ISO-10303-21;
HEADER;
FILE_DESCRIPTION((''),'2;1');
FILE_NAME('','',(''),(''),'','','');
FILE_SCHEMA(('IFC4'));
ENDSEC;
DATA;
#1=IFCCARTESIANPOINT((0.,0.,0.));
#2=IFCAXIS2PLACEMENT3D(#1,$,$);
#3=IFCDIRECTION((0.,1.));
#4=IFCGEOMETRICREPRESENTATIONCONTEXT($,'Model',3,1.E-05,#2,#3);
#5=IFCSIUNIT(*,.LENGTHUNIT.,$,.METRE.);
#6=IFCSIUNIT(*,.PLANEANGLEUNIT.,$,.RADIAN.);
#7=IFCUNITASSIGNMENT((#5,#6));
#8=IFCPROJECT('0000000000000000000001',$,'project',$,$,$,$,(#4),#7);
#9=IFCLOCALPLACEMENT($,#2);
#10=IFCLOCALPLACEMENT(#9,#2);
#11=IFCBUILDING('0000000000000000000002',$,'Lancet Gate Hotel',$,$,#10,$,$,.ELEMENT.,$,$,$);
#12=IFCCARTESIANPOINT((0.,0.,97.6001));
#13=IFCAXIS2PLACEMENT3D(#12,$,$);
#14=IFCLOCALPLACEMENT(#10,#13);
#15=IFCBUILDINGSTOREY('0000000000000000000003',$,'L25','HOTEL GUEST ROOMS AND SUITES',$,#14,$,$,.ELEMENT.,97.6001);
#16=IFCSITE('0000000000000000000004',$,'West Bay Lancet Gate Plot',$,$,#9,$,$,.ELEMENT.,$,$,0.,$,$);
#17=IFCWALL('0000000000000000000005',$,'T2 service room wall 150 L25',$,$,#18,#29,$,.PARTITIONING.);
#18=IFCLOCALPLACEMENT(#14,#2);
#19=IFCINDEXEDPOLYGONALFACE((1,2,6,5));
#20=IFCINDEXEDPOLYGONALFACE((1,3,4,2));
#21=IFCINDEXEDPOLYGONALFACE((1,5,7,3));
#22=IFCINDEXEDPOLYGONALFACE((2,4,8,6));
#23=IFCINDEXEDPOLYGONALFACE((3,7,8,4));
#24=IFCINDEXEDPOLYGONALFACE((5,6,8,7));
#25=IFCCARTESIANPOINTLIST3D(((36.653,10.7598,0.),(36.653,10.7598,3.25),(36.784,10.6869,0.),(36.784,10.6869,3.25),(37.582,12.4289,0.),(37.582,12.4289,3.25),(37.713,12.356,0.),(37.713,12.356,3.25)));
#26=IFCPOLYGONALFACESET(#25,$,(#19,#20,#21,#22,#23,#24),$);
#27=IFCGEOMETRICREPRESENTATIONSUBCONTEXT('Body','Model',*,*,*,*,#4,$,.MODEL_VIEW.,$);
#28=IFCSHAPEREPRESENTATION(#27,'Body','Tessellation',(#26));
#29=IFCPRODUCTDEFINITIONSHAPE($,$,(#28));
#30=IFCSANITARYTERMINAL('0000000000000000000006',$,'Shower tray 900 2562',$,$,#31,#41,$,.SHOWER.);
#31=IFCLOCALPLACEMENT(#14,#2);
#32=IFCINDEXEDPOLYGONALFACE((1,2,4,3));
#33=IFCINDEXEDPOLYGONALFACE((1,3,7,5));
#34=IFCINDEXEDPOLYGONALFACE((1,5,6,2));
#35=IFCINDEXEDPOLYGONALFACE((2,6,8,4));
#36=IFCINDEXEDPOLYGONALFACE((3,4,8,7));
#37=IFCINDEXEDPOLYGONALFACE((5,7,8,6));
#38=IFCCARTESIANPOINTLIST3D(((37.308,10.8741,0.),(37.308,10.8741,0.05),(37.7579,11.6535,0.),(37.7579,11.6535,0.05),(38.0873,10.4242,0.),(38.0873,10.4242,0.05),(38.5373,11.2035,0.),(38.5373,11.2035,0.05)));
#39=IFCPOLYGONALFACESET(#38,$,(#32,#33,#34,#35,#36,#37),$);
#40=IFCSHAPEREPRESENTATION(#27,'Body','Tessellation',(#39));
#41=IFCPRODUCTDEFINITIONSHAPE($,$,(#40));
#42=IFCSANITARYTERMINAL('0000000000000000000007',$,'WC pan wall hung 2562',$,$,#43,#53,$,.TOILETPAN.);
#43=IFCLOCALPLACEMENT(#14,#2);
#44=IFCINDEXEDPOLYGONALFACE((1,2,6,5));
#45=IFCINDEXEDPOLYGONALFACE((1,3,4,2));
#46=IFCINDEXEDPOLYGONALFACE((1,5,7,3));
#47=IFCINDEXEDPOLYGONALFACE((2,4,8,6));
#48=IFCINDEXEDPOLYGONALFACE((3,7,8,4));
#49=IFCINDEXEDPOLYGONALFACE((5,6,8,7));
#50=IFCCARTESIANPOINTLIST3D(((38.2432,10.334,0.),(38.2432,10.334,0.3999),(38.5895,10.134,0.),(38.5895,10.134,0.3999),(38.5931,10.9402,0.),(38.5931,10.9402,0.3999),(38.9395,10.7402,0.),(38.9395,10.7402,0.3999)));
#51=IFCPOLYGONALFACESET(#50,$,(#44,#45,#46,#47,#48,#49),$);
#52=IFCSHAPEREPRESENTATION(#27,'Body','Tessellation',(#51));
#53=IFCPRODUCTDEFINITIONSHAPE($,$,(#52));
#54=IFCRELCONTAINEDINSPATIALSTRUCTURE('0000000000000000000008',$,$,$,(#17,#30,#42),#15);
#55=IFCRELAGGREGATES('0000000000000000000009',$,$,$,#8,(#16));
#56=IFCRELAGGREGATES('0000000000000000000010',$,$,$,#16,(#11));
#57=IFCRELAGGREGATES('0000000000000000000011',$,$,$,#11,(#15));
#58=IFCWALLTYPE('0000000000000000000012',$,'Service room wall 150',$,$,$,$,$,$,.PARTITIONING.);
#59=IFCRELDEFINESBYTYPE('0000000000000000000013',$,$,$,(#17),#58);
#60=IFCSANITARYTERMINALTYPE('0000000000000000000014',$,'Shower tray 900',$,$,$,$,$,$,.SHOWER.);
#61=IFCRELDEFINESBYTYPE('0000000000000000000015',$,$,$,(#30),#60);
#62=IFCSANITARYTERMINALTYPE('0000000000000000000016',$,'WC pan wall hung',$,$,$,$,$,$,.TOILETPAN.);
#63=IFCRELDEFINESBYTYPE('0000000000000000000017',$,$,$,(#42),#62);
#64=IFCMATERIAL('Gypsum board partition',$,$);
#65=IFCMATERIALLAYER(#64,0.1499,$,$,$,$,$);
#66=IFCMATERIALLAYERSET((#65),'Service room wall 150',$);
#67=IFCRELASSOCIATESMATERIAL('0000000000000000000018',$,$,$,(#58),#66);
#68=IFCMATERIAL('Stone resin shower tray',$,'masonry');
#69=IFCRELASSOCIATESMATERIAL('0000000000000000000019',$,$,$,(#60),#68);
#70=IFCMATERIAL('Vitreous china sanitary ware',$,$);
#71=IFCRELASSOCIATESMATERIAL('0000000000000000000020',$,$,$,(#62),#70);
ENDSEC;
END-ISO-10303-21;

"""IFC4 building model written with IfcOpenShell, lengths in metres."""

from ifc_helpers import new_model, si_unit, direction, frame, frame_2d, origin, origin_2d, place, context, subcontext, project, spatial, rectangle, extrude, material, layer, layer_set, type_object, element, save


model = new_model("IFC4")

# Units and contexts
model_context = context("Model", 3, precision=1e-05, world=origin(), true_north=direction((0.0, 1.0)))
body_context = subcontext(model_context, "Body", "Model", "MODEL_VIEW")
ifc_project = project(units=[si_unit("LENGTHUNIT", "METRE"), si_unit("PLANEANGLEUNIT", "RADIAN")], contexts=[model_context])

# Site, building, storey
site_placement = place(None, origin())
site = spatial("IfcSite", under=ifc_project, at=site_placement, Name="West Bay Lancet Gate Plot", CompositionType="ELEMENT", RefElevation=0.0)
building_placement = place(site_placement, origin())
building = spatial("IfcBuilding", under=site, at=building_placement, Name="Lancet Gate Hotel", CompositionType="ELEMENT")
storey_placement = place(building_placement, frame((0.0, 0.0, 97.6001)))
storey = spatial("IfcBuildingStorey", under=building, at=storey_placement, Name="L25", Description="HOTEL GUEST ROOMS AND SUITES", CompositionType="ELEMENT", Elevation=97.6001)

# Wall
ifc_material_1 = material(Name="Gypsum board partition")
ifc_layer_1 = layer(ifc_material_1, 0.1499)
ifc_layer_set_1 = layer_set([ifc_layer_1], Name="Service room wall 150")
wall_type_1 = type_object("IfcWallType", Name="Service room wall 150", PredefinedType="PARTITIONING", material=ifc_layer_set_1)
wall_1_placement = place(storey_placement, frame((36.7185, 10.7234, 0.0), z_axis=(0.0, 0.0, 1.0), x_axis=(0.486348, 0.873765, 0.0)))
element("IfcWall", 1, at=wall_1_placement, inside=storey, type_object=wall_type_1, Name="T2 service room wall 150 L25", PredefinedType="PARTITIONING", context=body_context, shape_type="SweptSolid", body=[
    extrude(rectangle(XDim=1.9102, YDim=0.1499, at=frame_2d((0.9551, 0.0))), origin(), (0.0, 0.0, 1.0), 3.25),
])

# Sanitary terminals
ifc_material_2 = material(Name="Stone resin shower tray", Category="masonry")
sanitary_terminal_type_1 = type_object("IfcSanitaryTerminalType", Name="Shower tray 900", PredefinedType="SHOWER", material=ifc_material_2)
sanitary_terminal_1_placement = place(storey_placement, frame((37.9226, 11.0388, 0.0), z_axis=(0.0, 0.0, 1.0), x_axis=(-0.866025, 0.5, 0.0)))
element("IfcSanitaryTerminal", 2, at=sanitary_terminal_1_placement, inside=storey, type_object=sanitary_terminal_type_1, Name="Shower tray 900 2562", PredefinedType="SHOWER", context=body_context, shape_type="SweptSolid", body=[
    extrude(rectangle(XDim=0.8999, YDim=0.8999, at=origin_2d()), origin(), (0.0, 0.0, 1.0), 0.05),
])
ifc_material_3 = material(Name="Vitreous china sanitary ware")
sanitary_terminal_type_2 = type_object("IfcSanitaryTerminalType", Name="WC pan wall hung", PredefinedType="TOILETPAN", material=ifc_material_3)
sanitary_terminal_2_placement = place(storey_placement, frame((38.5913, 10.5371, 0.0), z_axis=(0.0, 0.0, 1.0), x_axis=(-0.866025, 0.5, 0.0)))
element("IfcSanitaryTerminal", 3, at=sanitary_terminal_2_placement, inside=storey, type_object=sanitary_terminal_type_2, Name="WC pan wall hung 2562", PredefinedType="TOILETPAN", context=body_context, shape_type="SweptSolid", body=[
    extrude(rectangle(XDim=0.3999, YDim=0.7, at=origin_2d()), origin(), (0.0, 0.0, 1.0), 0.3999),
])

save(model, "model.ifc")
